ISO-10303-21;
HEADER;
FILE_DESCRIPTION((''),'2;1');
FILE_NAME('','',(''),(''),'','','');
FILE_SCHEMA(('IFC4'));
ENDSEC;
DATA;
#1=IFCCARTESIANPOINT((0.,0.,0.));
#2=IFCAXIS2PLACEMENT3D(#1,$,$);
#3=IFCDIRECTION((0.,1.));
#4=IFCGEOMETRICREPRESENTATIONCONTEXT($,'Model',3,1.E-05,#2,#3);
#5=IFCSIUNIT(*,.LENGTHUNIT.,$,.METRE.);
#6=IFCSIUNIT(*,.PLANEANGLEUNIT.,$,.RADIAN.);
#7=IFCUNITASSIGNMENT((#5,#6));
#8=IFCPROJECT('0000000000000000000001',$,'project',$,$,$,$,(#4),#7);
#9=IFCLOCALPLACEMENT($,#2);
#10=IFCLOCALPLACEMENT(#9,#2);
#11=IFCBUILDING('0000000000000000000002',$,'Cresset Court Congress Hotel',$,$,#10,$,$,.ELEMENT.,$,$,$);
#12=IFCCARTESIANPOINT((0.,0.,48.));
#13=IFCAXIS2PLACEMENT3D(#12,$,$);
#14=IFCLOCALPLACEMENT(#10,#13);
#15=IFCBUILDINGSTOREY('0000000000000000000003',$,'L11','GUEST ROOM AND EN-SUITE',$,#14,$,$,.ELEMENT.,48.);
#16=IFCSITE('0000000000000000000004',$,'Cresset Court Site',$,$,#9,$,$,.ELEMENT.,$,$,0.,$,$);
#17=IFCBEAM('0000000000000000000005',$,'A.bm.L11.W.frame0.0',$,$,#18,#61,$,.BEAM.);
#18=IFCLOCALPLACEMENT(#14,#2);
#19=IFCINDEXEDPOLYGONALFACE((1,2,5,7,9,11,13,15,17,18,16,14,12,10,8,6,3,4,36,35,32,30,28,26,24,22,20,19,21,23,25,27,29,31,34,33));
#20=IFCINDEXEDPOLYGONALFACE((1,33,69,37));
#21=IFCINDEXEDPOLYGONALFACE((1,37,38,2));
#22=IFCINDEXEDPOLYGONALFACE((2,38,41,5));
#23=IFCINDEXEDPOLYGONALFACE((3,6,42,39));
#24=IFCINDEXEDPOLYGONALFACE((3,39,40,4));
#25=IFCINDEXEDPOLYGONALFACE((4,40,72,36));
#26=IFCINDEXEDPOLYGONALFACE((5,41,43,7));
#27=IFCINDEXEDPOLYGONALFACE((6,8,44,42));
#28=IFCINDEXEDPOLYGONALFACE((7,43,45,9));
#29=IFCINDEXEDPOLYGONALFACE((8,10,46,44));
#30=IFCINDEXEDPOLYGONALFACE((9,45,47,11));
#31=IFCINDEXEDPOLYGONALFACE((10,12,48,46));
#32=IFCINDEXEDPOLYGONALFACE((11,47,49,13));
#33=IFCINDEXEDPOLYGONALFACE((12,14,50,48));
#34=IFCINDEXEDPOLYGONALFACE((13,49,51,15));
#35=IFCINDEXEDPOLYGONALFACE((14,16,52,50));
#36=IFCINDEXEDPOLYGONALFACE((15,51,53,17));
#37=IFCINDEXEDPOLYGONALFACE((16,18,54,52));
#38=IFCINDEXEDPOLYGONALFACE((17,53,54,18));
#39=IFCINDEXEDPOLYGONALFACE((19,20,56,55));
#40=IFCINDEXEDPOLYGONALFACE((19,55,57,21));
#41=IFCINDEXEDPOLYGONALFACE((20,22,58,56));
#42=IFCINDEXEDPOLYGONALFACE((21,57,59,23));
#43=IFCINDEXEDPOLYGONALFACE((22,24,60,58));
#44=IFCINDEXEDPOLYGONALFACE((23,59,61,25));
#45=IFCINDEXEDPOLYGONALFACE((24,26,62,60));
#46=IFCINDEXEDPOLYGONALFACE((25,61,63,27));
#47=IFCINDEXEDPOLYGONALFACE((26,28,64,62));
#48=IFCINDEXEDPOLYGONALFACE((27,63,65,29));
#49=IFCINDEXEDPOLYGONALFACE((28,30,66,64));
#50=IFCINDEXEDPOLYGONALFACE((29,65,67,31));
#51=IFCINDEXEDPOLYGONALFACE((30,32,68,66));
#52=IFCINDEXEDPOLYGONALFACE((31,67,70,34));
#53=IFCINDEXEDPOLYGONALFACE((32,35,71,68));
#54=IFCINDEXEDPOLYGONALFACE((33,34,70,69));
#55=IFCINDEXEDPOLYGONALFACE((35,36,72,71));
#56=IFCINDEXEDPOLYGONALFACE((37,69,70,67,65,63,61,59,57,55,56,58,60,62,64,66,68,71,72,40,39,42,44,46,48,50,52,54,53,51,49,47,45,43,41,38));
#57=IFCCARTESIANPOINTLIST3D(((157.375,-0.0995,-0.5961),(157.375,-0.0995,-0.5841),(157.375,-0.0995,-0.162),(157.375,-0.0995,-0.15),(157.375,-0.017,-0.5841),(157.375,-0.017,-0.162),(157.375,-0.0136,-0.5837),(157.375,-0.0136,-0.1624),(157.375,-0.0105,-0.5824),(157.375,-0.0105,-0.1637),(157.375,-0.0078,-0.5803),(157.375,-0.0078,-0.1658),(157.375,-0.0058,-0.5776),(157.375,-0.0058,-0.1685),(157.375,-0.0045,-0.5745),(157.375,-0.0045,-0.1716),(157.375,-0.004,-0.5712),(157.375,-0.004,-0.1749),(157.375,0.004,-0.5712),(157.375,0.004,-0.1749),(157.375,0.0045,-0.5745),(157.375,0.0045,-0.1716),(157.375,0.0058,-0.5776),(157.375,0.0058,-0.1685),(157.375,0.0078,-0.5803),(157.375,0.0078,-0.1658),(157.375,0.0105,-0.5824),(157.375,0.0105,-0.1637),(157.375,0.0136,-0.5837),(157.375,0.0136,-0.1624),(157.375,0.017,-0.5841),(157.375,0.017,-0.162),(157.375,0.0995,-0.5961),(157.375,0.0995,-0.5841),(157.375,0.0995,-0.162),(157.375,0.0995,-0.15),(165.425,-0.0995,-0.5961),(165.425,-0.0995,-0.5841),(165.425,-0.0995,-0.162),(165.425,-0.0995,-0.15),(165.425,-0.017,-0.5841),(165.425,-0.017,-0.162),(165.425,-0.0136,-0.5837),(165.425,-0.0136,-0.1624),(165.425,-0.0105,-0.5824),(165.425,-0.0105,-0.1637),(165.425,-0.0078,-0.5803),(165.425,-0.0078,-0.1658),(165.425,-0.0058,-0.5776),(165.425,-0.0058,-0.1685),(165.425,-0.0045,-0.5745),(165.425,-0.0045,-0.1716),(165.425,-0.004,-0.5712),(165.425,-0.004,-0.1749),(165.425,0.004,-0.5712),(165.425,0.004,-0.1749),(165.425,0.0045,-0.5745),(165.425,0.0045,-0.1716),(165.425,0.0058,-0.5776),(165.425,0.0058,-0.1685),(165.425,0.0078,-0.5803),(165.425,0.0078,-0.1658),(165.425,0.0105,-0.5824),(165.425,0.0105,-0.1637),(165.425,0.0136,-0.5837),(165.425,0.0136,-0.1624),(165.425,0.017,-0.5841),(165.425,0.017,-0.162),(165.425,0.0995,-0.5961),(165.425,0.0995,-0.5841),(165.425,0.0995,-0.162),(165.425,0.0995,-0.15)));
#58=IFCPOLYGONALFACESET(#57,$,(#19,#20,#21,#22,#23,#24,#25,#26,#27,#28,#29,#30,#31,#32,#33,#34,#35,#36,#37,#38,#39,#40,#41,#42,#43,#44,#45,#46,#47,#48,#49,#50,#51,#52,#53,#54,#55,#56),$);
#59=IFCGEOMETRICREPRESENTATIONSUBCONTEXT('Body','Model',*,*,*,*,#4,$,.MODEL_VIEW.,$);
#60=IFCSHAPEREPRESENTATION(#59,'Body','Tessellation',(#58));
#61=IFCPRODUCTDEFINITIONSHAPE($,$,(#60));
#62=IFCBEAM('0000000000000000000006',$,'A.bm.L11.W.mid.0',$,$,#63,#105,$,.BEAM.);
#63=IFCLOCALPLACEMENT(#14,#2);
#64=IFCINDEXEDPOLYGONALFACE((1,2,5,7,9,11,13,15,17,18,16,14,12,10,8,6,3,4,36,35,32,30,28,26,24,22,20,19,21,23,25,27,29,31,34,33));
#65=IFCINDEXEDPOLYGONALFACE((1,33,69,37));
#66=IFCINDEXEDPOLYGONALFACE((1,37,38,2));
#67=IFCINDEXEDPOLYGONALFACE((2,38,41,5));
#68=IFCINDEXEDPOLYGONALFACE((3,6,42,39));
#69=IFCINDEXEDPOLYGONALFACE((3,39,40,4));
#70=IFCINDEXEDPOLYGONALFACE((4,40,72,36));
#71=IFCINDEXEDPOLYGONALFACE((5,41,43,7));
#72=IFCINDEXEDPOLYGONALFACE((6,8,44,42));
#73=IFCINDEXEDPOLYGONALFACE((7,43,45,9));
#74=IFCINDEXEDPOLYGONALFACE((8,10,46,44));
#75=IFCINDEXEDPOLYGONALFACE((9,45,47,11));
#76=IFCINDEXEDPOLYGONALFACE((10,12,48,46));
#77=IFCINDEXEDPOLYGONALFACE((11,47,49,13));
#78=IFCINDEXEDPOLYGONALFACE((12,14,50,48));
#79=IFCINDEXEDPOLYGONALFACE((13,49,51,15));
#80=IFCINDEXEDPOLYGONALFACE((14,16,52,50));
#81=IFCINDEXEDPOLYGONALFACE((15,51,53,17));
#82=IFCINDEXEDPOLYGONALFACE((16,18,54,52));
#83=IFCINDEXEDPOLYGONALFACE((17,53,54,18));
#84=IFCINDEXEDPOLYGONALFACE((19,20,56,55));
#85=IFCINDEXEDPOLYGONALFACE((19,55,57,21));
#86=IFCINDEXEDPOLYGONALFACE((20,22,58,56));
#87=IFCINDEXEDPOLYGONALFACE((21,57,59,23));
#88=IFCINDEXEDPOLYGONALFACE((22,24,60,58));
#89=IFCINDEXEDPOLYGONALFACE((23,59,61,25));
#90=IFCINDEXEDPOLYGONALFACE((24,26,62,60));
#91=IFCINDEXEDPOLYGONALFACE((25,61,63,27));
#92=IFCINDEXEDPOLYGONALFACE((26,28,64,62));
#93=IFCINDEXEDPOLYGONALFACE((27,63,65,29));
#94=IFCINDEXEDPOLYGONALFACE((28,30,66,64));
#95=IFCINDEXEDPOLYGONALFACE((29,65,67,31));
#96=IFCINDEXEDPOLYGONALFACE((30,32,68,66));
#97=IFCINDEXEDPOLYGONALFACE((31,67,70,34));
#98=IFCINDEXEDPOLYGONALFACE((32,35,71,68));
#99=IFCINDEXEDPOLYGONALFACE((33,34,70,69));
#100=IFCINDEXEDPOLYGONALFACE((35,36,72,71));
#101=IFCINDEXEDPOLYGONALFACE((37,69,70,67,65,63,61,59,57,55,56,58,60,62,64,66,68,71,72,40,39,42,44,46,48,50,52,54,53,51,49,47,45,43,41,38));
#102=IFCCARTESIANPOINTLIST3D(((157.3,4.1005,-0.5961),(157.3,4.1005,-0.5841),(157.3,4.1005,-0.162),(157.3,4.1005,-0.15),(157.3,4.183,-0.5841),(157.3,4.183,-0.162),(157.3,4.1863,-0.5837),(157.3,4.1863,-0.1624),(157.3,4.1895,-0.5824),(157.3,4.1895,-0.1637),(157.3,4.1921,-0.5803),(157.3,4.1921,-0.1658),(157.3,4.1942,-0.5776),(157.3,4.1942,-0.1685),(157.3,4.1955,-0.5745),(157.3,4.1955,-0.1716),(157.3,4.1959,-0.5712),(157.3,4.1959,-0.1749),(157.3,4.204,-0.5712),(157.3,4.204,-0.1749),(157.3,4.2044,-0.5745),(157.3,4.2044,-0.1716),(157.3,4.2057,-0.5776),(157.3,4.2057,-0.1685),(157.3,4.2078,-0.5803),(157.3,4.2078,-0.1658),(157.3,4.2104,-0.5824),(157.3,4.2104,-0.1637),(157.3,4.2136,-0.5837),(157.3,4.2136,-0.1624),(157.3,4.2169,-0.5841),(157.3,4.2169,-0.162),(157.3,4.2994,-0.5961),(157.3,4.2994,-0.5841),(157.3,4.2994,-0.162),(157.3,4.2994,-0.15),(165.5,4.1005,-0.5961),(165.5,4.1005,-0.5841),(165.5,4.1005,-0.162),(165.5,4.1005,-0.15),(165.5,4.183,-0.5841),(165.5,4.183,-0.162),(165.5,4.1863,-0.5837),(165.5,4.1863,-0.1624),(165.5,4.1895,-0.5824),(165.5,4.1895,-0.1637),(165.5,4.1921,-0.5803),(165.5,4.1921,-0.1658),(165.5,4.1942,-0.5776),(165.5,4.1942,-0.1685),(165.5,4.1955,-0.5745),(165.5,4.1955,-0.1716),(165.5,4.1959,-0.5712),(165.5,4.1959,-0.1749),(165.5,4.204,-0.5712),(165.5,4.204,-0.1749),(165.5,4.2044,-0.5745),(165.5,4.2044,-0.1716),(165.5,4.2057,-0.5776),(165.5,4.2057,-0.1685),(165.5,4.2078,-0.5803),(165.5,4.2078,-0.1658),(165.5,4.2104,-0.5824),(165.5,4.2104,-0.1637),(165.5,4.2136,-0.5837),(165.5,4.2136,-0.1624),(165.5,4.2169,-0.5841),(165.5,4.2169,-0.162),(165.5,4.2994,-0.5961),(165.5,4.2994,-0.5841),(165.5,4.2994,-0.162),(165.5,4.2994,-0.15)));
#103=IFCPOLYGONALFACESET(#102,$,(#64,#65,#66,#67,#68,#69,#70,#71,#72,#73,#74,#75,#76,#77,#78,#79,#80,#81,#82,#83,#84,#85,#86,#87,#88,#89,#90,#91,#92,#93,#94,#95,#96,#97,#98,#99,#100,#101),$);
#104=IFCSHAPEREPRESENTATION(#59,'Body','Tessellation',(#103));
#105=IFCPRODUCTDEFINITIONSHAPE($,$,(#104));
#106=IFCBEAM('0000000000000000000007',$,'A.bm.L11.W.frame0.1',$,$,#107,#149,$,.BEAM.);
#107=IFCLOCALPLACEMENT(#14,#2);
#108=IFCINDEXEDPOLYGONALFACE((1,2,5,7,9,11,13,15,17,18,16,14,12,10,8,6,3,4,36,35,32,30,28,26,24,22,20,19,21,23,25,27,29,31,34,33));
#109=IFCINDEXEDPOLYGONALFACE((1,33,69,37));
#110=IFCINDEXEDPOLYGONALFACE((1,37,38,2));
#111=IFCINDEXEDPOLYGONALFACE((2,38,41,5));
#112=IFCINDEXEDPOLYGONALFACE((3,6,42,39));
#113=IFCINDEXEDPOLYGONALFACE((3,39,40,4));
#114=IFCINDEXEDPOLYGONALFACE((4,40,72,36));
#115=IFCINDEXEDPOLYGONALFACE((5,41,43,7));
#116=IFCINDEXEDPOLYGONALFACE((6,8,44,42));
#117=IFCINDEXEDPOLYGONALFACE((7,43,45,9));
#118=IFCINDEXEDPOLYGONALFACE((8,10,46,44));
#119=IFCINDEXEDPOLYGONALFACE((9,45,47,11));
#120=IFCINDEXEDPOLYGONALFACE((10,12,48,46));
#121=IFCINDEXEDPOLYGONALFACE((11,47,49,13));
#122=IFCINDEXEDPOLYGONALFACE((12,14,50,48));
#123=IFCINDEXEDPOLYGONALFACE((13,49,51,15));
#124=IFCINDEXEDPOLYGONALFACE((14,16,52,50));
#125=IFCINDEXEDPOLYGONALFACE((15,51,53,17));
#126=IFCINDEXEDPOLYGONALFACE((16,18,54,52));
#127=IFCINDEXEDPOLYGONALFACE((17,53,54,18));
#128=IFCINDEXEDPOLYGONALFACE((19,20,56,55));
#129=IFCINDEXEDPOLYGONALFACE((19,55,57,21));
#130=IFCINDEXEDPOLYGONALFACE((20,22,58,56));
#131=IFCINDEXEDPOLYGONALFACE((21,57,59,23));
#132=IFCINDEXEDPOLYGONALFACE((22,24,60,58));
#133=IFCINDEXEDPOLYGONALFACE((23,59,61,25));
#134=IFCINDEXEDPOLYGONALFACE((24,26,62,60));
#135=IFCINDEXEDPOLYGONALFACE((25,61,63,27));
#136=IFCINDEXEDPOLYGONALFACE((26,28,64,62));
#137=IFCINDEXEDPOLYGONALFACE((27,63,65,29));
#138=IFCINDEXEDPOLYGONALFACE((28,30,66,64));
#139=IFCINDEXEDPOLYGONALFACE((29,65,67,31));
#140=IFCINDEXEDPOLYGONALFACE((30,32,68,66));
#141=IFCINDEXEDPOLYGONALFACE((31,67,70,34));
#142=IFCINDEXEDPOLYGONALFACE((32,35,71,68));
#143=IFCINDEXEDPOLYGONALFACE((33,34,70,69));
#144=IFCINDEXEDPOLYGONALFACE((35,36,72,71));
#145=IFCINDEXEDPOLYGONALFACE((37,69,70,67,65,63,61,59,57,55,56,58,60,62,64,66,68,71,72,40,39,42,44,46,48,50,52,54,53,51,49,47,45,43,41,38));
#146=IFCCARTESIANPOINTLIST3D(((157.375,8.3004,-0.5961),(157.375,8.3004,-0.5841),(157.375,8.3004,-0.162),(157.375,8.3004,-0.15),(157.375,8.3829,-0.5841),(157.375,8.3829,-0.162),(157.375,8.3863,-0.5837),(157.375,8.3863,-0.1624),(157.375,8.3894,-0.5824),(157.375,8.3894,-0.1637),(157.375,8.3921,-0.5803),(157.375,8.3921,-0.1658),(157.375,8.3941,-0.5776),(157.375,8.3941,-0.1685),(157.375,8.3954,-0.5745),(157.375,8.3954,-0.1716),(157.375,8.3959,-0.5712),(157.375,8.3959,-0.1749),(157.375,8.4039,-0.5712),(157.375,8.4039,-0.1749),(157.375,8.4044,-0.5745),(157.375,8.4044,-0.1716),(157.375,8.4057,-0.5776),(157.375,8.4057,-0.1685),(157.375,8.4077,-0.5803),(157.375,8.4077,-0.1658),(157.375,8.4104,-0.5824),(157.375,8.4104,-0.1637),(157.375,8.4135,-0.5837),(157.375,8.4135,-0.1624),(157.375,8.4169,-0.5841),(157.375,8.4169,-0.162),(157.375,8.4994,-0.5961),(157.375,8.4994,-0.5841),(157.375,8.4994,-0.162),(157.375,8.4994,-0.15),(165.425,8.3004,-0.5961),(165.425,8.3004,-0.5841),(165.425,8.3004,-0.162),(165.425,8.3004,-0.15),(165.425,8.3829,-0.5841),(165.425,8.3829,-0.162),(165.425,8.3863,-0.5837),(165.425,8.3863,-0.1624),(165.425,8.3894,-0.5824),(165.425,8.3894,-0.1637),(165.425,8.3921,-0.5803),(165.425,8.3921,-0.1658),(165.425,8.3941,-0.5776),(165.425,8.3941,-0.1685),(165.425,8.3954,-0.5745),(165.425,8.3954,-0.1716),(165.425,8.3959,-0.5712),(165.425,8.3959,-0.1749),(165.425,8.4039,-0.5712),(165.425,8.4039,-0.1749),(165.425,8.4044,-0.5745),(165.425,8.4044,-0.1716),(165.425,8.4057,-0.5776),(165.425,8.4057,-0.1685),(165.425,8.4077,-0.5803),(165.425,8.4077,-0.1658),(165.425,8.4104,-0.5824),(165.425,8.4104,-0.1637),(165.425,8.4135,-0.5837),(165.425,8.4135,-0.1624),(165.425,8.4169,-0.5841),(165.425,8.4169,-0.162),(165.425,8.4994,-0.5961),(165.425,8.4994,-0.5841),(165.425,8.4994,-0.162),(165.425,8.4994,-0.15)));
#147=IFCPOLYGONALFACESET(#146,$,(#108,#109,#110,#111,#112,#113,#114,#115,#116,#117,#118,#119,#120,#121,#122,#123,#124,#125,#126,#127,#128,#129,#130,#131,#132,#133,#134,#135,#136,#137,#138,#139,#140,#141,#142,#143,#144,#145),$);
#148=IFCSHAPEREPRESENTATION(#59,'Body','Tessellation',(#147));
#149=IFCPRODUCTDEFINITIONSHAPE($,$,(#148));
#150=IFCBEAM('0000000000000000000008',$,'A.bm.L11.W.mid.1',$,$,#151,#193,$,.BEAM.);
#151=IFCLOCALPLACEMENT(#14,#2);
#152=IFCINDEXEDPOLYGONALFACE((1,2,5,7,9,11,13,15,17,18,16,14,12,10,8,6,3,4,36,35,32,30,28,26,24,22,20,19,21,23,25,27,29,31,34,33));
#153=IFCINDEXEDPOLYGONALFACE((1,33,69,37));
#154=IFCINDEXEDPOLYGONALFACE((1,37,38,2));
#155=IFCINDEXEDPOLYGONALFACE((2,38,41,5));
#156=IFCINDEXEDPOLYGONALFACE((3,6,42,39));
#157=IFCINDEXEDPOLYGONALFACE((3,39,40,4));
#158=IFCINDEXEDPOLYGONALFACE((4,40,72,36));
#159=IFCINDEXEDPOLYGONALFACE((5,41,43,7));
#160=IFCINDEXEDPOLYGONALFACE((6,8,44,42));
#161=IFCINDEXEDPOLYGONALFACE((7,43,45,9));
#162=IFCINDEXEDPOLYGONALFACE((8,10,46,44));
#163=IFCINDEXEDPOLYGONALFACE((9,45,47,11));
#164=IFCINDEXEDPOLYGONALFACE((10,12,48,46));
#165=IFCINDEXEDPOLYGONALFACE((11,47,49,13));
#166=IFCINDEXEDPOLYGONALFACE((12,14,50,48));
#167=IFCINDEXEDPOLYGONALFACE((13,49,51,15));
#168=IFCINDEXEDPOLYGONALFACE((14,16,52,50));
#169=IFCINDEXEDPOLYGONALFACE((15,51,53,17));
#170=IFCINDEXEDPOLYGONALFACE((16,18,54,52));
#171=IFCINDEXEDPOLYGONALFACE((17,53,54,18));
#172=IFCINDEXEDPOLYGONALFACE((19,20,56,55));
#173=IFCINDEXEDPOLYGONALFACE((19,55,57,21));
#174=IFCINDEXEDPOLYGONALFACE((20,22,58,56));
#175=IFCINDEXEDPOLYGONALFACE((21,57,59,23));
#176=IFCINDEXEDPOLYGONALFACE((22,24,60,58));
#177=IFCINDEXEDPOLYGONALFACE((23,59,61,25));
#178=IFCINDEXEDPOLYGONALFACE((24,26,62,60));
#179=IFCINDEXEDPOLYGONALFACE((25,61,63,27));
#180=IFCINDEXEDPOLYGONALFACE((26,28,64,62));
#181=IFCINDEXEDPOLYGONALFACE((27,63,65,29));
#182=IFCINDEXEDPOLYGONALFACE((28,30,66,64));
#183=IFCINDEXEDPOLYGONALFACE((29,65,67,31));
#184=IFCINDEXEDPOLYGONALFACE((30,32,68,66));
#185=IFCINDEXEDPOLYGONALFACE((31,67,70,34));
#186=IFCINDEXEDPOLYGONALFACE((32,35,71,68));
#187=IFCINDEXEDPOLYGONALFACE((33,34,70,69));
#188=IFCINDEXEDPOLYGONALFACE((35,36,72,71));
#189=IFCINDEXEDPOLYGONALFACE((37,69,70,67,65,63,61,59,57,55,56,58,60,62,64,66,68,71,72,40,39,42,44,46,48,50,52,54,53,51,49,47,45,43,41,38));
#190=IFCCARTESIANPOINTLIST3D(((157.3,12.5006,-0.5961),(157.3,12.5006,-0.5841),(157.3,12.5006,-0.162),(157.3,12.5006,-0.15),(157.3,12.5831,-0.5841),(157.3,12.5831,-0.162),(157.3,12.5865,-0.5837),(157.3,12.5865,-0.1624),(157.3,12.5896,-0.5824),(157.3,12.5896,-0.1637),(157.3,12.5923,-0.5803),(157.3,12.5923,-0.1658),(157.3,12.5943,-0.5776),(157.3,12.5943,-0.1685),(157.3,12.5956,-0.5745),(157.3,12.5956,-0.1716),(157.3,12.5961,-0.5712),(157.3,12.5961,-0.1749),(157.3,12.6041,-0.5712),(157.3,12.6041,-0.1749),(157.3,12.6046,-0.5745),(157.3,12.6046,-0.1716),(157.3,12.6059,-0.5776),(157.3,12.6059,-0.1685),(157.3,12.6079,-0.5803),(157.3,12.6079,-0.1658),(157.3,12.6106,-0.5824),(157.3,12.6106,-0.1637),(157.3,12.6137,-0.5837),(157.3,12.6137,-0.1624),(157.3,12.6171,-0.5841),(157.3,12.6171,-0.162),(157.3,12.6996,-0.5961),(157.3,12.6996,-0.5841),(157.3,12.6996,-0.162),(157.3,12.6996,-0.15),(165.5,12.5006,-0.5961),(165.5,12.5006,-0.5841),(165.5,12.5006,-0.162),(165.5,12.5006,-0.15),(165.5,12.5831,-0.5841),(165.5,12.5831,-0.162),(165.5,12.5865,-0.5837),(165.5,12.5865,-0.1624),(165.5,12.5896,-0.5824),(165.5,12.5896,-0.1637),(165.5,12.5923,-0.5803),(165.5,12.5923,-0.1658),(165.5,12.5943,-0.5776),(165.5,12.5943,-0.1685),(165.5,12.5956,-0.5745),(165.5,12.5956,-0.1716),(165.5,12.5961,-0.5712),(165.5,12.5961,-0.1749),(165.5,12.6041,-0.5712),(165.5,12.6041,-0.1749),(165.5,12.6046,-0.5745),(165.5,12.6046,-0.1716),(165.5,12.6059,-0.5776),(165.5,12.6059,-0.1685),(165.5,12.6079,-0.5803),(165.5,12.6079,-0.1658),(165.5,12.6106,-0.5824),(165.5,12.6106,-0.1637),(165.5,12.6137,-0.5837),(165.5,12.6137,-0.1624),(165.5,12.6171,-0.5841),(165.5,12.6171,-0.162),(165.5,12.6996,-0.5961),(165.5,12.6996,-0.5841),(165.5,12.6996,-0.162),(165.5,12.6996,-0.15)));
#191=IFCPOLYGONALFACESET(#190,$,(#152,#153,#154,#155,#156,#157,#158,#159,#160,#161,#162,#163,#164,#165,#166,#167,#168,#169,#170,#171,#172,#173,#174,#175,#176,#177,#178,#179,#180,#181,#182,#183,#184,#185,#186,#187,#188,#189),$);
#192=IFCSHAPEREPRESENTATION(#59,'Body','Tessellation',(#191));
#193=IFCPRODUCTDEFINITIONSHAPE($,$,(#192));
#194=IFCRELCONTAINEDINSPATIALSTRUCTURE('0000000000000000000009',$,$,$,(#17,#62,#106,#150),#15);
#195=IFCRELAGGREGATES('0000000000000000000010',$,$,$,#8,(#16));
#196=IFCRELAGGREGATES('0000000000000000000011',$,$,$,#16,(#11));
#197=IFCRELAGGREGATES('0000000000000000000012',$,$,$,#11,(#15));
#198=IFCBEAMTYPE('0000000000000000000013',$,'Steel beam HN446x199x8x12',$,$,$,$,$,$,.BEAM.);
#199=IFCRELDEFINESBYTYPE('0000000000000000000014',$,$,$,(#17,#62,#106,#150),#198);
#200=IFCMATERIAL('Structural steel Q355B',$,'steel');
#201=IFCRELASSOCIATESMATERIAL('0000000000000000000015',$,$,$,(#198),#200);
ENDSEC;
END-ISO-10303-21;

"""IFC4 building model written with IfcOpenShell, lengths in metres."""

from ifc_helpers import new_model, si_unit, direction, frame, origin, origin_2d, place, context, subcontext, project, spatial, i_section, extrude, material, material_profile, profile_set, type_object, element, save


model = new_model("IFC4")

# Units and contexts
model_context = context("Model", 3, precision=1e-05, world=origin(), true_north=direction((0.0, 1.0)))
body_context = subcontext(model_context, "Body", "Model", "MODEL_VIEW")
ifc_project = project(units=[si_unit("LENGTHUNIT", "METRE"), si_unit("PLANEANGLEUNIT", "RADIAN")], contexts=[model_context])

# Site, building, storey
site_placement = place(None, origin())
site = spatial("IfcSite", under=ifc_project, at=site_placement, Name="Cresset Court Site", CompositionType="ELEMENT", RefElevation=0.0)
building_placement = place(site_placement, origin())
building = spatial("IfcBuilding", under=site, at=building_placement, Name="Cresset Court Congress Hotel", CompositionType="ELEMENT")
storey_placement = place(building_placement, frame((0.0, 0.0, 48.0)))
storey = spatial("IfcBuildingStorey", under=building, at=storey_placement, Name="L11", Description="GUEST ROOM AND EN-SUITE", CompositionType="ELEMENT", Elevation=48.0)

# Beams
ifc_material_1 = material(Name="Structural steel Q355B", Category="steel")
ifc_material_profile_1 = material_profile(ifc_material_1, i_section(OverallWidth=0.199, OverallDepth=0.446, WebThickness=0.0081, FlangeThickness=0.012, FilletRadius=0.0129, at=origin_2d()), Name="HN446x199x8x12")
ifc_profile_set_1 = profile_set([ifc_material_profile_1], Name="Structural steel Q355B")
beam_type_1 = type_object("IfcBeamType", Name="Steel beam HN446x199x8x12", PredefinedType="BEAM", material=ifc_profile_set_1)
beam_1_placement = place(storey_placement, frame((157.375, 0.0, -0.373), z_axis=(1.0, 0.0, 0.0), x_axis=(0.0, 1.0, 0.0)))
element("IfcBeam", 1, at=beam_1_placement, inside=storey, type_object=beam_type_1, Name="A.bm.L11.W.frame0.0", PredefinedType="BEAM", context=body_context, shape_type="SweptSolid", body=[
    extrude(i_section(OverallWidth=0.199, OverallDepth=0.446, WebThickness=0.0081, FlangeThickness=0.012, FilletRadius=0.0129, at=origin_2d()), origin(), (0.0, 0.0, 1.0), 8.05),
])
beam_2_placement = place(storey_placement, frame((157.3, 4.2, -0.373), z_axis=(1.0, 0.0, 0.0), x_axis=(0.0, 1.0, 0.0)))
element("IfcBeam", 2, at=beam_2_placement, inside=storey, type_object=beam_type_1, Name="A.bm.L11.W.mid.0", PredefinedType="BEAM", context=body_context, shape_type="SweptSolid", body=[
    extrude(i_section(OverallWidth=0.199, OverallDepth=0.446, WebThickness=0.0081, FlangeThickness=0.012, FilletRadius=0.0129, at=origin_2d()), origin(), (0.0, 0.0, 1.0), 8.2),
])
beam_3_placement = place(storey_placement, frame((157.375, 8.3999, -0.373), z_axis=(1.0, 0.0, 0.0), x_axis=(0.0, 1.0, 0.0)))
element("IfcBeam", 3, at=beam_3_placement, inside=storey, type_object=beam_type_1, Name="A.bm.L11.W.frame0.1", PredefinedType="BEAM", context=body_context, shape_type="SweptSolid", body=[
    extrude(i_section(OverallWidth=0.199, OverallDepth=0.446, WebThickness=0.0081, FlangeThickness=0.012, FilletRadius=0.0129, at=origin_2d()), origin(), (0.0, 0.0, 1.0), 8.05),
])
beam_4_placement = place(storey_placement, frame((157.3, 12.6001, -0.373), z_axis=(1.0, 0.0, 0.0), x_axis=(0.0, 1.0, 0.0)))
element("IfcBeam", 4, at=beam_4_placement, inside=storey, type_object=beam_type_1, Name="A.bm.L11.W.mid.1", PredefinedType="BEAM", context=body_context, shape_type="SweptSolid", body=[
    extrude(i_section(OverallWidth=0.199, OverallDepth=0.446, WebThickness=0.0081, FlangeThickness=0.012, FilletRadius=0.0129, at=origin_2d()), origin(), (0.0, 0.0, 1.0), 8.2),
])

save(model, "model.ifc")
